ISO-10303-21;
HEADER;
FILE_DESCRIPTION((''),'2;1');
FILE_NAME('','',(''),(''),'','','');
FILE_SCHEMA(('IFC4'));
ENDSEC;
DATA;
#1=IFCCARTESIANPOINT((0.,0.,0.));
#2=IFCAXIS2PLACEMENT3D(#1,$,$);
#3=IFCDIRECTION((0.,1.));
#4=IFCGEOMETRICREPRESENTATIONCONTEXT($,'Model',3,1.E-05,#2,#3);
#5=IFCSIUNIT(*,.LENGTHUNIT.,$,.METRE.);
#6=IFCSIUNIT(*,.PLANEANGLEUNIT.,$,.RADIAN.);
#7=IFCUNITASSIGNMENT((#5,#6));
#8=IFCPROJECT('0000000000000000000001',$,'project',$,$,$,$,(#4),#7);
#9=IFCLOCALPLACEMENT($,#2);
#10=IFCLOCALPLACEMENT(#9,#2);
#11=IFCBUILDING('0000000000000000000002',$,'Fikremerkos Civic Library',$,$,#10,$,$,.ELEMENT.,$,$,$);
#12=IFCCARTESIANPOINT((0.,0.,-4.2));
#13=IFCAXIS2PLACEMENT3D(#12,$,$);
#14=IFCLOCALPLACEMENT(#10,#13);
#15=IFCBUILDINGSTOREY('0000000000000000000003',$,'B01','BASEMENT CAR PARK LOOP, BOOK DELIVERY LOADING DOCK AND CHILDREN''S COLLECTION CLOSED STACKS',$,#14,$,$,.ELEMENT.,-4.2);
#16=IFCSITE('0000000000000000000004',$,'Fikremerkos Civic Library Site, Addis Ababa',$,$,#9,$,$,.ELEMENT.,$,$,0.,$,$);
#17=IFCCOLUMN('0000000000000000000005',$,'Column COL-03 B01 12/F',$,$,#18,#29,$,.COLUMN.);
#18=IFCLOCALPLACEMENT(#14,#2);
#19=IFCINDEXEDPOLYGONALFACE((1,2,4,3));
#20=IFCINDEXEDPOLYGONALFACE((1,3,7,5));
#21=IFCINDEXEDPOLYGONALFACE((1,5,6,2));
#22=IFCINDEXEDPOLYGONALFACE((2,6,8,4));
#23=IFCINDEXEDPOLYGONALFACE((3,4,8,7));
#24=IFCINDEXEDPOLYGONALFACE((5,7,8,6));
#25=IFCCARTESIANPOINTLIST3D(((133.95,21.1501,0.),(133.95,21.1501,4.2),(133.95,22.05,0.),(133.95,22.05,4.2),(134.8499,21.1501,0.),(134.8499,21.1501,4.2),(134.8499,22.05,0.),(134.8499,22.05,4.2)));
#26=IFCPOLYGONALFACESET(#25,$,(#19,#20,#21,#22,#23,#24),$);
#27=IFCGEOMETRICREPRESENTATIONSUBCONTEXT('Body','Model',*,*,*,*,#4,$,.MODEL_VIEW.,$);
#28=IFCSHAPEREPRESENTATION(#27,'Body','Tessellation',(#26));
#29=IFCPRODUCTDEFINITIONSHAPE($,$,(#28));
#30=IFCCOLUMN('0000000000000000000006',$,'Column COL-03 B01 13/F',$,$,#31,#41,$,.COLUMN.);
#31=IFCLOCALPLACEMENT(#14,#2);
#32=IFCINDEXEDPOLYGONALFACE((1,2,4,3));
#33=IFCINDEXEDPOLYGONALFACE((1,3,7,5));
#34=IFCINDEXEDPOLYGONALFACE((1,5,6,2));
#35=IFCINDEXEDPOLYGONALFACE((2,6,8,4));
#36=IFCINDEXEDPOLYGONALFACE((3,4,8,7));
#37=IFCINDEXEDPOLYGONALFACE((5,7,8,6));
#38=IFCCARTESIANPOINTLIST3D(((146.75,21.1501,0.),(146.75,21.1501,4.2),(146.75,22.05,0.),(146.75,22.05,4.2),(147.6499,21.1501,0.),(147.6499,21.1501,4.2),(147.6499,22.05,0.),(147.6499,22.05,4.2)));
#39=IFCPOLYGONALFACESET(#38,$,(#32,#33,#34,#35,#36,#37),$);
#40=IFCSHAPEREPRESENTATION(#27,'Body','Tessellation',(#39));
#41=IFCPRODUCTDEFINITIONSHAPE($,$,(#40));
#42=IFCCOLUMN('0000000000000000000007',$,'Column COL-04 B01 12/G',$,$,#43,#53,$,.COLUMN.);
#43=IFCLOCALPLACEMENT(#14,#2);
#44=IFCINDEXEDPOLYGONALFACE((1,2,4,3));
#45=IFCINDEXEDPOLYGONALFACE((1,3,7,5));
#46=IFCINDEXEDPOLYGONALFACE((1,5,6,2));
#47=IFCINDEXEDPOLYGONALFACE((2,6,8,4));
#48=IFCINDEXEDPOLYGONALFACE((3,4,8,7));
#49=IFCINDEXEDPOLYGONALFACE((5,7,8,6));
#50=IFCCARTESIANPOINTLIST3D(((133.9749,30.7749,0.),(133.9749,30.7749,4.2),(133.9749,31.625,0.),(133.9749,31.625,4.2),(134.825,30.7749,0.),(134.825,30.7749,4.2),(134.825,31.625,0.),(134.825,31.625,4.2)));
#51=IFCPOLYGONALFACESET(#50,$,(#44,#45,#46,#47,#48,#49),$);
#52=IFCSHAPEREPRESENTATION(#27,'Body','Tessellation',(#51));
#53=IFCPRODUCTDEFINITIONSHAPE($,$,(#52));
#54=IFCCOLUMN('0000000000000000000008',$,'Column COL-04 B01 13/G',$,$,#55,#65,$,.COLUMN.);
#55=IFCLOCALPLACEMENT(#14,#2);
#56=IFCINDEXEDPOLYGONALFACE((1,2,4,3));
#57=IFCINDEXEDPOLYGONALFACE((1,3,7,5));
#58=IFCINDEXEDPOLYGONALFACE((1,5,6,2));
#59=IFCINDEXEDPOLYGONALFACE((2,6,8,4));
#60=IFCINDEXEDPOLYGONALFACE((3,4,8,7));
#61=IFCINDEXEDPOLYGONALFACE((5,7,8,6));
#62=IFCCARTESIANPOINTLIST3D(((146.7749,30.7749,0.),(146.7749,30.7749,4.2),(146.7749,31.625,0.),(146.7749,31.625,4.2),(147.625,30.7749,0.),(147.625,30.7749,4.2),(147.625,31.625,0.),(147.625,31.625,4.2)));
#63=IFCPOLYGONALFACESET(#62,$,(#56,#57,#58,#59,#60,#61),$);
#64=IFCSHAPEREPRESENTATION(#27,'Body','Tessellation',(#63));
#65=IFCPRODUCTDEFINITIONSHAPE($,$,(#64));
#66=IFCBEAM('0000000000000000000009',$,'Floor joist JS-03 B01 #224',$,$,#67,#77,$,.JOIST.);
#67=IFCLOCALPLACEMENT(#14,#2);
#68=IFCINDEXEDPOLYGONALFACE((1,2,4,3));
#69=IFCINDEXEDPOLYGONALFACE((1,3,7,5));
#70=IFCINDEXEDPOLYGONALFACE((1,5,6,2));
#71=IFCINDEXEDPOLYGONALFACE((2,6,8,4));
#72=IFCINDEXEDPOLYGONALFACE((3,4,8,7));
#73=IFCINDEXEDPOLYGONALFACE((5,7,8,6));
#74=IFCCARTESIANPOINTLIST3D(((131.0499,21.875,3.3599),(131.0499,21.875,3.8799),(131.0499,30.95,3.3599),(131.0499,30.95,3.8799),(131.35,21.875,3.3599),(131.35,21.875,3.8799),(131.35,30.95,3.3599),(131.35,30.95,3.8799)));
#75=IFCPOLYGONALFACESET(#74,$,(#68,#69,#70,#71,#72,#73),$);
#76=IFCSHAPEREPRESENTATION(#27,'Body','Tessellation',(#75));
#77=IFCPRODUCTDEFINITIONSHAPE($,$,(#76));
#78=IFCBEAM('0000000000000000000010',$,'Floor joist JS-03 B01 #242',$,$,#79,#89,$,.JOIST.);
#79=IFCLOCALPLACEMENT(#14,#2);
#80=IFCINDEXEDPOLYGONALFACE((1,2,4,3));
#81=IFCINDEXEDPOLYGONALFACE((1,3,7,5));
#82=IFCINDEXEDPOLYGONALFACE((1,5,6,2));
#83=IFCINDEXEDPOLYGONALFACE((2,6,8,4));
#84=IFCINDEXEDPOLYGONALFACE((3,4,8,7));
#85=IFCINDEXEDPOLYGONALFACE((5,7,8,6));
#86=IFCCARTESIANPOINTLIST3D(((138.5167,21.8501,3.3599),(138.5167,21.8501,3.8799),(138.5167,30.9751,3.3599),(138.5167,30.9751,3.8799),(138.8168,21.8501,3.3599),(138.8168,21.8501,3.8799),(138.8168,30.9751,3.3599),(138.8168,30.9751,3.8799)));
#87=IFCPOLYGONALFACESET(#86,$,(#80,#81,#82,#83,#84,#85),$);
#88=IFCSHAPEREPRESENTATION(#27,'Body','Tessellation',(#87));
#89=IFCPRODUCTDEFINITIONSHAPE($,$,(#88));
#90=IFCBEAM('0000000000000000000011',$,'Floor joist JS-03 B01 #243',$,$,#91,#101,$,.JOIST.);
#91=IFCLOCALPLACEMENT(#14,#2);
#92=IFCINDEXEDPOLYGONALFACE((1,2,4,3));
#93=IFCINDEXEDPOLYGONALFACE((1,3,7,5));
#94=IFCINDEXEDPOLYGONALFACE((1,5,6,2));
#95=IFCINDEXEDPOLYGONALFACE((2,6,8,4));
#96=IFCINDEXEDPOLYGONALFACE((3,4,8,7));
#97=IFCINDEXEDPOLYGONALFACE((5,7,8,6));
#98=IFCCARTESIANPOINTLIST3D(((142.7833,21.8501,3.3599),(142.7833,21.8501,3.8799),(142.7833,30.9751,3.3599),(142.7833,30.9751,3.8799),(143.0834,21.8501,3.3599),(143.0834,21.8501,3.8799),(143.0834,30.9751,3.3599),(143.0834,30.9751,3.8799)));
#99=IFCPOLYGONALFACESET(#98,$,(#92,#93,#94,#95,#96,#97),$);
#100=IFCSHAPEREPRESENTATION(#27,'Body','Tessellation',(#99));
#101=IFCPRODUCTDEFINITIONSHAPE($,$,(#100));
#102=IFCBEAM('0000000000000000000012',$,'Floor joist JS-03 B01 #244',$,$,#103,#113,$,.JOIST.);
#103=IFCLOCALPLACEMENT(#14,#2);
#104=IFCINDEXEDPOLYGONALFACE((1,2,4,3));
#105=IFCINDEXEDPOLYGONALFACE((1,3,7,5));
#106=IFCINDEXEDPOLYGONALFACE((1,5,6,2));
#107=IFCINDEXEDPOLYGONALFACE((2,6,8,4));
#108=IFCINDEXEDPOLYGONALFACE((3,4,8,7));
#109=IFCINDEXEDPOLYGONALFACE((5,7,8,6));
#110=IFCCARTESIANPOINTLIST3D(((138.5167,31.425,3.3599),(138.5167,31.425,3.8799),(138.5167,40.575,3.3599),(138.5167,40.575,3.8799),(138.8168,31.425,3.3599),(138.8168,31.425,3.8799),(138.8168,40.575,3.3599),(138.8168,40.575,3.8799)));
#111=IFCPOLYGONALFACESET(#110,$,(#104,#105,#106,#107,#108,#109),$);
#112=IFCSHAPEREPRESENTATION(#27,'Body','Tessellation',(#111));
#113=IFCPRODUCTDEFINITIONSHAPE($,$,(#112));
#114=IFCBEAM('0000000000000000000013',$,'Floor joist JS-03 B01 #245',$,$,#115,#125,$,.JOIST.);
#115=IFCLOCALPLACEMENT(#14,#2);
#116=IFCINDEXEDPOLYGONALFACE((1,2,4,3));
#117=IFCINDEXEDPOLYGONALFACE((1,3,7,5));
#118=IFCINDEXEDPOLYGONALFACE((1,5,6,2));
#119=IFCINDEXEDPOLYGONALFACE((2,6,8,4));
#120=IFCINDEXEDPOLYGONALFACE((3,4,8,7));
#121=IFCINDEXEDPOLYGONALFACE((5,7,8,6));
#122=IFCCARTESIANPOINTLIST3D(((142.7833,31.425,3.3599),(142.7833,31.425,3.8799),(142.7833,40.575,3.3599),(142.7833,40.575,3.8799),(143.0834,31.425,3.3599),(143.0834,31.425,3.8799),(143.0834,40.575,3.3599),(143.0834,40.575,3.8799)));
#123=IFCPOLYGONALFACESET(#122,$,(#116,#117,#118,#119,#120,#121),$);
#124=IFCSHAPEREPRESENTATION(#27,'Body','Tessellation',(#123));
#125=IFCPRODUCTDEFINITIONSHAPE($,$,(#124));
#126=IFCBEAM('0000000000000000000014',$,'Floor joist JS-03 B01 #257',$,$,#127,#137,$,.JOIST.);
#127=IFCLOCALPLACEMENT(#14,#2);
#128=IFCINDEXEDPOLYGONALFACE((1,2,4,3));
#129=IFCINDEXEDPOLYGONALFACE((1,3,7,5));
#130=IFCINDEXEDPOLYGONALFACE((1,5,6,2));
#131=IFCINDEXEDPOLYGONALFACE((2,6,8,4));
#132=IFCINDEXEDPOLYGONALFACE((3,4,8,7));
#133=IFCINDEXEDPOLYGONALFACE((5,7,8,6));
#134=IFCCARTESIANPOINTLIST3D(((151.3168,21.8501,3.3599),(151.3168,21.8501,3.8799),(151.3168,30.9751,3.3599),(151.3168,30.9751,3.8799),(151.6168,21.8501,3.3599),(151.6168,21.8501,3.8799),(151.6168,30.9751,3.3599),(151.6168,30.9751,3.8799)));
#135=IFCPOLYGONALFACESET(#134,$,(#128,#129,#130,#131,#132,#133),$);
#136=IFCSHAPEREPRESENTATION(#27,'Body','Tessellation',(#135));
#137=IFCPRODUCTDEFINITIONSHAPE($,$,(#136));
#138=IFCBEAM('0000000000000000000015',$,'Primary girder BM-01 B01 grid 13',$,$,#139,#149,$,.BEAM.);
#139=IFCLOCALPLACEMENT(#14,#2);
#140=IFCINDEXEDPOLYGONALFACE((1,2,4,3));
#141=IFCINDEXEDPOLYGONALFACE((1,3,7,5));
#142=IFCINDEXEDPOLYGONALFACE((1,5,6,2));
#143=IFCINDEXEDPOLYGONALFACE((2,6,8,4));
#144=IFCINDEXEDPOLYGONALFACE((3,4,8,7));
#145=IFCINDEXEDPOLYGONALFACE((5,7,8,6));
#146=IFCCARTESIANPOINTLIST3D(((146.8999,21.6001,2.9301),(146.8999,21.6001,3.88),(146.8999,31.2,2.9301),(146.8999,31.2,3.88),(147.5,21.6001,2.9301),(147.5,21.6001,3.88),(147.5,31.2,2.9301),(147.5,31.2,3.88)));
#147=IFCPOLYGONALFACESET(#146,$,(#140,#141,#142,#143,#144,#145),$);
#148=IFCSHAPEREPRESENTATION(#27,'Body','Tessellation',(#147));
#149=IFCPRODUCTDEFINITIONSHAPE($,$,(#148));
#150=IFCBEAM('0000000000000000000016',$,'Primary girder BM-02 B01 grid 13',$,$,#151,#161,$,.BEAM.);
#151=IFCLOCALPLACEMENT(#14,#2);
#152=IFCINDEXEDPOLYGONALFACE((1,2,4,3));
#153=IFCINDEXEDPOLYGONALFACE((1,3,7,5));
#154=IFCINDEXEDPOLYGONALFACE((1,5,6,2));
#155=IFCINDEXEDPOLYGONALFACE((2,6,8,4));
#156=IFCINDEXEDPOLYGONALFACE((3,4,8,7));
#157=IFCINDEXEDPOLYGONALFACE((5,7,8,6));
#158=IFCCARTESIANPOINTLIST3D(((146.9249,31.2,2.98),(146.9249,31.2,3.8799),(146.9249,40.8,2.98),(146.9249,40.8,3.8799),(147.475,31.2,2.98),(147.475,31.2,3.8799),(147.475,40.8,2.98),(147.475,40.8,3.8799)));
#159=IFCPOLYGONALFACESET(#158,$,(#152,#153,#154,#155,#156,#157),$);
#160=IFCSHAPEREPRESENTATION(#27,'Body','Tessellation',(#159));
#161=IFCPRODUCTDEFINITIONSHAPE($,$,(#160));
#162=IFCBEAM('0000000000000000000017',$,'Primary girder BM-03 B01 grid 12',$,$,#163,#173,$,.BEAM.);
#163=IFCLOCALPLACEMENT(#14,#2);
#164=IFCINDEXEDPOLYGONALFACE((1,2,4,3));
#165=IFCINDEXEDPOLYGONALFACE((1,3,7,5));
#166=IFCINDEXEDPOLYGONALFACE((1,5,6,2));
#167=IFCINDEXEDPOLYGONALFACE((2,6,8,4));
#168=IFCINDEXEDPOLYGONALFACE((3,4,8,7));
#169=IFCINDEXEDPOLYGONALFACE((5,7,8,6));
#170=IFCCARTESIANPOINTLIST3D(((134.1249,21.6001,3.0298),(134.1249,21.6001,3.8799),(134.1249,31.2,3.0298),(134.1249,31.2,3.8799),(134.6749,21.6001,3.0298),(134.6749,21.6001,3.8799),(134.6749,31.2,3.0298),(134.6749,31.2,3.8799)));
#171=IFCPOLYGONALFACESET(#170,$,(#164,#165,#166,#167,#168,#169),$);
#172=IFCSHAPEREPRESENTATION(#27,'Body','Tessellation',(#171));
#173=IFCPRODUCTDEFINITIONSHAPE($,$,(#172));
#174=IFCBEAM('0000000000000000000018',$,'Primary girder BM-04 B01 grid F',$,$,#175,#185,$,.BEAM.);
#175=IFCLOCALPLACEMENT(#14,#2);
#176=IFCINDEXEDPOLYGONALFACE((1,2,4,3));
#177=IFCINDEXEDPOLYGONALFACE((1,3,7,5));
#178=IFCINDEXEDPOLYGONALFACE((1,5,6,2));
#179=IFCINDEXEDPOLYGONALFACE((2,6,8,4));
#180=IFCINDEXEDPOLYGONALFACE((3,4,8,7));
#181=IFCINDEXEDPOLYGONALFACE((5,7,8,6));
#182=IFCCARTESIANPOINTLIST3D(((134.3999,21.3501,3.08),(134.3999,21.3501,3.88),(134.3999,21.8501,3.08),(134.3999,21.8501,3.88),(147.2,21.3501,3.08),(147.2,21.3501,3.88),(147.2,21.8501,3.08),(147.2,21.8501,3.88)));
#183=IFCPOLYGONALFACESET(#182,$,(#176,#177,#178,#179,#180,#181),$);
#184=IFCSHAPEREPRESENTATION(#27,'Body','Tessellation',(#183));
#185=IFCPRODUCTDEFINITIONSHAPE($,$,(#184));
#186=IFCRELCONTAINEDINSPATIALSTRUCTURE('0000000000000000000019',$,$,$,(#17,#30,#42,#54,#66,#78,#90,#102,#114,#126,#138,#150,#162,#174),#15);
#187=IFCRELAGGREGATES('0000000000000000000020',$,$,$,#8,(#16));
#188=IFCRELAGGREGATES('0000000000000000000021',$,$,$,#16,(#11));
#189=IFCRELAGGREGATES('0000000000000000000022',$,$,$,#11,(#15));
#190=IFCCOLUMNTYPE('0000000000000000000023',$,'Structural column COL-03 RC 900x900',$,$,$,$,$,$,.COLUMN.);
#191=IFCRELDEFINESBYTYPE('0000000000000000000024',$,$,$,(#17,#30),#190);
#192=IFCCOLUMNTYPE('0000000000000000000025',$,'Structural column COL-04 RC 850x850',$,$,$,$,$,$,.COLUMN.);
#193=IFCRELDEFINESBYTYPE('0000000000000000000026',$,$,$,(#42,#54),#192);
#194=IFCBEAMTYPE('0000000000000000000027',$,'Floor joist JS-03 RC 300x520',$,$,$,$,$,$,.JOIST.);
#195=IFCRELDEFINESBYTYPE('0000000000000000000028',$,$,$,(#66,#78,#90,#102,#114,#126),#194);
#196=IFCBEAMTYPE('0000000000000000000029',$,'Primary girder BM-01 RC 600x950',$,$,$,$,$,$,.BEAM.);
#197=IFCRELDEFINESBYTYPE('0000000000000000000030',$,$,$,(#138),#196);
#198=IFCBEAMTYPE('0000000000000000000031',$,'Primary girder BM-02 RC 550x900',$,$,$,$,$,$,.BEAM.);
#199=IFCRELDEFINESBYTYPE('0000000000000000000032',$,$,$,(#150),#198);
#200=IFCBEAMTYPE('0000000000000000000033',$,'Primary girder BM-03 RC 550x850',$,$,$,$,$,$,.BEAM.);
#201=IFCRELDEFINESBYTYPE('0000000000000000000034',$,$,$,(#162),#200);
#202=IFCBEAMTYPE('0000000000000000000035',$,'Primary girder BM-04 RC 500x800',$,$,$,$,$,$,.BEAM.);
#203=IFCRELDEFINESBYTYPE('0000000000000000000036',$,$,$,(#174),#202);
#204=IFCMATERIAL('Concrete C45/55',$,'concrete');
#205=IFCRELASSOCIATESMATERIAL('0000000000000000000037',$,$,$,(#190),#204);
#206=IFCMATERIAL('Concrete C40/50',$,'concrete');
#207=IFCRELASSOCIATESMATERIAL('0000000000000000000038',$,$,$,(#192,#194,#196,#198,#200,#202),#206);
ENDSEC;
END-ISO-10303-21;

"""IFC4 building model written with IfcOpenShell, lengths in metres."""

from ifc_helpers import new_model, si_unit, direction, frame, origin, origin_2d, place, context, subcontext, project, spatial, rectangle, extrude, material, material_profile, profile_set, type_object, element, save


model = new_model("IFC4")

# Units and contexts
model_context = context("Model", 3, precision=1e-05, world=origin(), true_north=direction((0.0, 1.0)))
body_context = subcontext(model_context, "Body", "Model", "MODEL_VIEW")
ifc_project = project(units=[si_unit("LENGTHUNIT", "METRE"), si_unit("PLANEANGLEUNIT", "RADIAN")], contexts=[model_context])

# Site, building, storey
site_placement = place(None, origin())
site = spatial("IfcSite", under=ifc_project, at=site_placement, Name="Fikremerkos Civic Library Site, Addis Ababa", CompositionType="ELEMENT", RefElevation=0.0)
building_placement = place(site_placement, origin())
building = spatial("IfcBuilding", under=site, at=building_placement, Name="Fikremerkos Civic Library", CompositionType="ELEMENT")
storey_placement = place(building_placement, frame((0.0, 0.0, -4.2)))
storey = spatial("IfcBuildingStorey", under=building, at=storey_placement, Name="B01", Description="BASEMENT CAR PARK LOOP, BOOK DELIVERY LOADING DOCK AND CHILDREN'S COLLECTION CLOSED STACKS", CompositionType="ELEMENT", Elevation=-4.2)

# Columns
ifc_material_1 = material(Name="Concrete C45/55", Category="concrete")
ifc_material_profile_1 = material_profile(ifc_material_1, rectangle(XDim=0.8999, YDim=0.8999, at=origin_2d()), Name="RC 900x900")
ifc_profile_set_1 = profile_set([ifc_material_profile_1], Name="Concrete C45/55")
column_type_1 = type_object("IfcColumnType", Name="Structural column COL-03 RC 900x900", PredefinedType="COLUMN", material=ifc_profile_set_1)
for number, where, z_axis, x_axis, name in (
    (1, (134.3999, 21.6001, 0.0), (0.0, 0.0, 1.0), (1.0, 0.0, 0.0), "Column COL-03 B01 12/F"),
    (2, (147.2, 21.6001, 0.0), (0.0, 0.0, 1.0), (1.0, 0.0, 0.0), "Column COL-03 B01 13/F"),
):
    element("IfcColumn", number, at=place(storey_placement, frame(where, z_axis=z_axis, x_axis=x_axis)), inside=storey, type_object=column_type_1, Name=name, PredefinedType="COLUMN", context=body_context, shape_type="SweptSolid", body=[
        extrude(rectangle(XDim=0.8999, YDim=0.8999, at=origin_2d()), origin(), (0.0, 0.0, 1.0), 4.2),
    ])
ifc_material_2 = material(Name="Concrete C40/50", Category="concrete")
ifc_material_profile_2 = material_profile(ifc_material_2, rectangle(XDim=0.8501, YDim=0.8501, at=origin_2d()), Name="RC 850x850")
ifc_profile_set_2 = profile_set([ifc_material_profile_2], Name="Concrete C40/50")
column_type_2 = type_object("IfcColumnType", Name="Structural column COL-04 RC 850x850", PredefinedType="COLUMN", material=ifc_profile_set_2)
for number, where, z_axis, x_axis, name in (
    (3, (134.3999, 31.2, 0.0), (0.0, 0.0, 1.0), (1.0, 0.0, 0.0), "Column COL-04 B01 12/G"),
    (4, (147.2, 31.2, 0.0), (0.0, 0.0, 1.0), (1.0, 0.0, 0.0), "Column COL-04 B01 13/G"),
):
    element("IfcColumn", number, at=place(storey_placement, frame(where, z_axis=z_axis, x_axis=x_axis)), inside=storey, type_object=column_type_2, Name=name, PredefinedType="COLUMN", context=body_context, shape_type="SweptSolid", body=[
        extrude(rectangle(XDim=0.8501, YDim=0.8501, at=origin_2d()), origin(), (0.0, 0.0, 1.0), 4.2),
    ])

# Beams
ifc_material_profile_3 = material_profile(ifc_material_2, rectangle(XDim=0.3, YDim=0.52, at=origin_2d()), Name="RC 300x520")
ifc_profile_set_3 = profile_set([ifc_material_profile_3], Name="Concrete C40/50")
beam_type_1 = type_object("IfcBeamType", Name="Floor joist JS-03 RC 300x520", PredefinedType="JOIST", material=ifc_profile_set_3)
beam_1_placement = place(storey_placement, frame((131.2, 21.875, 3.6199), z_axis=(0.0, 1.0, 0.0), x_axis=(-1.0, 0.0, 0.0)))
element("IfcBeam", 5, at=beam_1_placement, inside=storey, type_object=beam_type_1, Name="Floor joist JS-03 B01 #224", PredefinedType="JOIST", context=body_context, shape_type="SweptSolid", body=[
    extrude(rectangle(XDim=0.3, YDim=0.52, at=origin_2d()), origin(), (0.0, 0.0, 1.0), 9.075),
])
for number, where, z_axis, x_axis, name in (
    (6, (138.6667, 21.8501, 3.6199), (0.0, 1.0, 0.0), (-1.0, 0.0, 0.0), "Floor joist JS-03 B01 #242"),
    (7, (142.9333, 21.8501, 3.6199), (0.0, 1.0, 0.0), (-1.0, 0.0, 0.0), "Floor joist JS-03 B01 #243"),
):
    element("IfcBeam", number, at=place(storey_placement, frame(where, z_axis=z_axis, x_axis=x_axis)), inside=storey, type_object=beam_type_1, Name=name, PredefinedType="JOIST", context=body_context, shape_type="SweptSolid", body=[
        extrude(rectangle(XDim=0.3, YDim=0.52, at=origin_2d()), origin(), (0.0, 0.0, 1.0), 9.125),
    ])
for number, where, z_axis, x_axis, name in (
    (8, (138.6667, 31.425, 3.6199), (0.0, 1.0, 0.0), (-1.0, 0.0, 0.0), "Floor joist JS-03 B01 #244"),
    (9, (142.9333, 31.425, 3.6199), (0.0, 1.0, 0.0), (-1.0, 0.0, 0.0), "Floor joist JS-03 B01 #245"),
):
    element("IfcBeam", number, at=place(storey_placement, frame(where, z_axis=z_axis, x_axis=x_axis)), inside=storey, type_object=beam_type_1, Name=name, PredefinedType="JOIST", context=body_context, shape_type="SweptSolid", body=[
        extrude(rectangle(XDim=0.3, YDim=0.52, at=origin_2d()), origin(), (0.0, 0.0, 1.0), 9.1499),
    ])
beam_2_placement = place(storey_placement, frame((151.4668, 21.8501, 3.6199), z_axis=(0.0, 1.0, 0.0), x_axis=(-1.0, 0.0, 0.0)))
element("IfcBeam", 10, at=beam_2_placement, inside=storey, type_object=beam_type_1, Name="Floor joist JS-03 B01 #257", PredefinedType="JOIST", context=body_context, shape_type="SweptSolid", body=[
    extrude(rectangle(XDim=0.3, YDim=0.52, at=origin_2d()), origin(), (0.0, 0.0, 1.0), 9.125),
])
ifc_material_profile_4 = material_profile(ifc_material_2, rectangle(XDim=0.6001, YDim=0.95, at=origin_2d()), Name="RC 600x950")
ifc_profile_set_4 = profile_set([ifc_material_profile_4], Name="Concrete C40/50")
beam_type_2 = type_object("IfcBeamType", Name="Primary girder BM-01 RC 600x950", PredefinedType="BEAM", material=ifc_profile_set_4)
beam_3_placement = place(storey_placement, frame((147.2, 21.6001, 3.405), z_axis=(0.0, 1.0, 0.0), x_axis=(-1.0, 0.0, 0.0)))
element("IfcBeam", 11, at=beam_3_placement, inside=storey, type_object=beam_type_2, Name="Primary girder BM-01 B01 grid 13", PredefinedType="BEAM", context=body_context, shape_type="SweptSolid", body=[
    extrude(rectangle(XDim=0.6001, YDim=0.95, at=origin_2d()), origin(), (0.0, 0.0, 1.0), 9.5999),
])
ifc_material_profile_5 = material_profile(ifc_material_2, rectangle(XDim=0.55, YDim=0.8999, at=origin_2d()), Name="RC 550x900")
ifc_profile_set_5 = profile_set([ifc_material_profile_5], Name="Concrete C40/50")
beam_type_3 = type_object("IfcBeamType", Name="Primary girder BM-02 RC 550x900", PredefinedType="BEAM", material=ifc_profile_set_5)
beam_4_placement = place(storey_placement, frame((147.2, 31.2, 3.4299), z_axis=(0.0, 1.0, 0.0), x_axis=(-1.0, 0.0, 0.0)))
element("IfcBeam", 12, at=beam_4_placement, inside=storey, type_object=beam_type_3, Name="Primary girder BM-02 B01 grid 13", PredefinedType="BEAM", context=body_context, shape_type="SweptSolid", body=[
    extrude(rectangle(XDim=0.55, YDim=0.8999, at=origin_2d()), origin(), (0.0, 0.0, 1.0), 9.6001),
])
ifc_material_profile_6 = material_profile(ifc_material_2, rectangle(XDim=0.55, YDim=0.8501, at=origin_2d()), Name="RC 550x850")
ifc_profile_set_6 = profile_set([ifc_material_profile_6], Name="Concrete C40/50")
beam_type_4 = type_object("IfcBeamType", Name="Primary girder BM-03 RC 550x850", PredefinedType="BEAM", material=ifc_profile_set_6)
beam_5_placement = place(storey_placement, frame((134.3999, 21.6001, 3.4548), z_axis=(0.0, 1.0, 0.0), x_axis=(-1.0, 0.0, 0.0)))
element("IfcBeam", 13, at=beam_5_placement, inside=storey, type_object=beam_type_4, Name="Primary girder BM-03 B01 grid 12", PredefinedType="BEAM", context=body_context, shape_type="SweptSolid", body=[
    extrude(rectangle(XDim=0.55, YDim=0.8501, at=origin_2d()), origin(), (0.0, 0.0, 1.0), 9.5999),
])
ifc_material_profile_7 = material_profile(ifc_material_2, rectangle(XDim=0.5, YDim=0.8, at=origin_2d()), Name="RC 500x800")
ifc_profile_set_7 = profile_set([ifc_material_profile_7], Name="Concrete C40/50")
beam_type_5 = type_object("IfcBeamType", Name="Primary girder BM-04 RC 500x800", PredefinedType="BEAM", material=ifc_profile_set_7)
beam_6_placement = place(storey_placement, frame((134.3999, 21.6001, 3.48), z_axis=(1.0, 0.0, 0.0), x_axis=(0.0, 1.0, 0.0)))
element("IfcBeam", 14, at=beam_6_placement, inside=storey, type_object=beam_type_5, Name="Primary girder BM-04 B01 grid F", PredefinedType="BEAM", context=body_context, shape_type="SweptSolid", body=[
    extrude(rectangle(XDim=0.5, YDim=0.8, at=origin_2d()), origin(), (0.0, 0.0, 1.0), 12.8),
])

save(model, "model.ifc")
